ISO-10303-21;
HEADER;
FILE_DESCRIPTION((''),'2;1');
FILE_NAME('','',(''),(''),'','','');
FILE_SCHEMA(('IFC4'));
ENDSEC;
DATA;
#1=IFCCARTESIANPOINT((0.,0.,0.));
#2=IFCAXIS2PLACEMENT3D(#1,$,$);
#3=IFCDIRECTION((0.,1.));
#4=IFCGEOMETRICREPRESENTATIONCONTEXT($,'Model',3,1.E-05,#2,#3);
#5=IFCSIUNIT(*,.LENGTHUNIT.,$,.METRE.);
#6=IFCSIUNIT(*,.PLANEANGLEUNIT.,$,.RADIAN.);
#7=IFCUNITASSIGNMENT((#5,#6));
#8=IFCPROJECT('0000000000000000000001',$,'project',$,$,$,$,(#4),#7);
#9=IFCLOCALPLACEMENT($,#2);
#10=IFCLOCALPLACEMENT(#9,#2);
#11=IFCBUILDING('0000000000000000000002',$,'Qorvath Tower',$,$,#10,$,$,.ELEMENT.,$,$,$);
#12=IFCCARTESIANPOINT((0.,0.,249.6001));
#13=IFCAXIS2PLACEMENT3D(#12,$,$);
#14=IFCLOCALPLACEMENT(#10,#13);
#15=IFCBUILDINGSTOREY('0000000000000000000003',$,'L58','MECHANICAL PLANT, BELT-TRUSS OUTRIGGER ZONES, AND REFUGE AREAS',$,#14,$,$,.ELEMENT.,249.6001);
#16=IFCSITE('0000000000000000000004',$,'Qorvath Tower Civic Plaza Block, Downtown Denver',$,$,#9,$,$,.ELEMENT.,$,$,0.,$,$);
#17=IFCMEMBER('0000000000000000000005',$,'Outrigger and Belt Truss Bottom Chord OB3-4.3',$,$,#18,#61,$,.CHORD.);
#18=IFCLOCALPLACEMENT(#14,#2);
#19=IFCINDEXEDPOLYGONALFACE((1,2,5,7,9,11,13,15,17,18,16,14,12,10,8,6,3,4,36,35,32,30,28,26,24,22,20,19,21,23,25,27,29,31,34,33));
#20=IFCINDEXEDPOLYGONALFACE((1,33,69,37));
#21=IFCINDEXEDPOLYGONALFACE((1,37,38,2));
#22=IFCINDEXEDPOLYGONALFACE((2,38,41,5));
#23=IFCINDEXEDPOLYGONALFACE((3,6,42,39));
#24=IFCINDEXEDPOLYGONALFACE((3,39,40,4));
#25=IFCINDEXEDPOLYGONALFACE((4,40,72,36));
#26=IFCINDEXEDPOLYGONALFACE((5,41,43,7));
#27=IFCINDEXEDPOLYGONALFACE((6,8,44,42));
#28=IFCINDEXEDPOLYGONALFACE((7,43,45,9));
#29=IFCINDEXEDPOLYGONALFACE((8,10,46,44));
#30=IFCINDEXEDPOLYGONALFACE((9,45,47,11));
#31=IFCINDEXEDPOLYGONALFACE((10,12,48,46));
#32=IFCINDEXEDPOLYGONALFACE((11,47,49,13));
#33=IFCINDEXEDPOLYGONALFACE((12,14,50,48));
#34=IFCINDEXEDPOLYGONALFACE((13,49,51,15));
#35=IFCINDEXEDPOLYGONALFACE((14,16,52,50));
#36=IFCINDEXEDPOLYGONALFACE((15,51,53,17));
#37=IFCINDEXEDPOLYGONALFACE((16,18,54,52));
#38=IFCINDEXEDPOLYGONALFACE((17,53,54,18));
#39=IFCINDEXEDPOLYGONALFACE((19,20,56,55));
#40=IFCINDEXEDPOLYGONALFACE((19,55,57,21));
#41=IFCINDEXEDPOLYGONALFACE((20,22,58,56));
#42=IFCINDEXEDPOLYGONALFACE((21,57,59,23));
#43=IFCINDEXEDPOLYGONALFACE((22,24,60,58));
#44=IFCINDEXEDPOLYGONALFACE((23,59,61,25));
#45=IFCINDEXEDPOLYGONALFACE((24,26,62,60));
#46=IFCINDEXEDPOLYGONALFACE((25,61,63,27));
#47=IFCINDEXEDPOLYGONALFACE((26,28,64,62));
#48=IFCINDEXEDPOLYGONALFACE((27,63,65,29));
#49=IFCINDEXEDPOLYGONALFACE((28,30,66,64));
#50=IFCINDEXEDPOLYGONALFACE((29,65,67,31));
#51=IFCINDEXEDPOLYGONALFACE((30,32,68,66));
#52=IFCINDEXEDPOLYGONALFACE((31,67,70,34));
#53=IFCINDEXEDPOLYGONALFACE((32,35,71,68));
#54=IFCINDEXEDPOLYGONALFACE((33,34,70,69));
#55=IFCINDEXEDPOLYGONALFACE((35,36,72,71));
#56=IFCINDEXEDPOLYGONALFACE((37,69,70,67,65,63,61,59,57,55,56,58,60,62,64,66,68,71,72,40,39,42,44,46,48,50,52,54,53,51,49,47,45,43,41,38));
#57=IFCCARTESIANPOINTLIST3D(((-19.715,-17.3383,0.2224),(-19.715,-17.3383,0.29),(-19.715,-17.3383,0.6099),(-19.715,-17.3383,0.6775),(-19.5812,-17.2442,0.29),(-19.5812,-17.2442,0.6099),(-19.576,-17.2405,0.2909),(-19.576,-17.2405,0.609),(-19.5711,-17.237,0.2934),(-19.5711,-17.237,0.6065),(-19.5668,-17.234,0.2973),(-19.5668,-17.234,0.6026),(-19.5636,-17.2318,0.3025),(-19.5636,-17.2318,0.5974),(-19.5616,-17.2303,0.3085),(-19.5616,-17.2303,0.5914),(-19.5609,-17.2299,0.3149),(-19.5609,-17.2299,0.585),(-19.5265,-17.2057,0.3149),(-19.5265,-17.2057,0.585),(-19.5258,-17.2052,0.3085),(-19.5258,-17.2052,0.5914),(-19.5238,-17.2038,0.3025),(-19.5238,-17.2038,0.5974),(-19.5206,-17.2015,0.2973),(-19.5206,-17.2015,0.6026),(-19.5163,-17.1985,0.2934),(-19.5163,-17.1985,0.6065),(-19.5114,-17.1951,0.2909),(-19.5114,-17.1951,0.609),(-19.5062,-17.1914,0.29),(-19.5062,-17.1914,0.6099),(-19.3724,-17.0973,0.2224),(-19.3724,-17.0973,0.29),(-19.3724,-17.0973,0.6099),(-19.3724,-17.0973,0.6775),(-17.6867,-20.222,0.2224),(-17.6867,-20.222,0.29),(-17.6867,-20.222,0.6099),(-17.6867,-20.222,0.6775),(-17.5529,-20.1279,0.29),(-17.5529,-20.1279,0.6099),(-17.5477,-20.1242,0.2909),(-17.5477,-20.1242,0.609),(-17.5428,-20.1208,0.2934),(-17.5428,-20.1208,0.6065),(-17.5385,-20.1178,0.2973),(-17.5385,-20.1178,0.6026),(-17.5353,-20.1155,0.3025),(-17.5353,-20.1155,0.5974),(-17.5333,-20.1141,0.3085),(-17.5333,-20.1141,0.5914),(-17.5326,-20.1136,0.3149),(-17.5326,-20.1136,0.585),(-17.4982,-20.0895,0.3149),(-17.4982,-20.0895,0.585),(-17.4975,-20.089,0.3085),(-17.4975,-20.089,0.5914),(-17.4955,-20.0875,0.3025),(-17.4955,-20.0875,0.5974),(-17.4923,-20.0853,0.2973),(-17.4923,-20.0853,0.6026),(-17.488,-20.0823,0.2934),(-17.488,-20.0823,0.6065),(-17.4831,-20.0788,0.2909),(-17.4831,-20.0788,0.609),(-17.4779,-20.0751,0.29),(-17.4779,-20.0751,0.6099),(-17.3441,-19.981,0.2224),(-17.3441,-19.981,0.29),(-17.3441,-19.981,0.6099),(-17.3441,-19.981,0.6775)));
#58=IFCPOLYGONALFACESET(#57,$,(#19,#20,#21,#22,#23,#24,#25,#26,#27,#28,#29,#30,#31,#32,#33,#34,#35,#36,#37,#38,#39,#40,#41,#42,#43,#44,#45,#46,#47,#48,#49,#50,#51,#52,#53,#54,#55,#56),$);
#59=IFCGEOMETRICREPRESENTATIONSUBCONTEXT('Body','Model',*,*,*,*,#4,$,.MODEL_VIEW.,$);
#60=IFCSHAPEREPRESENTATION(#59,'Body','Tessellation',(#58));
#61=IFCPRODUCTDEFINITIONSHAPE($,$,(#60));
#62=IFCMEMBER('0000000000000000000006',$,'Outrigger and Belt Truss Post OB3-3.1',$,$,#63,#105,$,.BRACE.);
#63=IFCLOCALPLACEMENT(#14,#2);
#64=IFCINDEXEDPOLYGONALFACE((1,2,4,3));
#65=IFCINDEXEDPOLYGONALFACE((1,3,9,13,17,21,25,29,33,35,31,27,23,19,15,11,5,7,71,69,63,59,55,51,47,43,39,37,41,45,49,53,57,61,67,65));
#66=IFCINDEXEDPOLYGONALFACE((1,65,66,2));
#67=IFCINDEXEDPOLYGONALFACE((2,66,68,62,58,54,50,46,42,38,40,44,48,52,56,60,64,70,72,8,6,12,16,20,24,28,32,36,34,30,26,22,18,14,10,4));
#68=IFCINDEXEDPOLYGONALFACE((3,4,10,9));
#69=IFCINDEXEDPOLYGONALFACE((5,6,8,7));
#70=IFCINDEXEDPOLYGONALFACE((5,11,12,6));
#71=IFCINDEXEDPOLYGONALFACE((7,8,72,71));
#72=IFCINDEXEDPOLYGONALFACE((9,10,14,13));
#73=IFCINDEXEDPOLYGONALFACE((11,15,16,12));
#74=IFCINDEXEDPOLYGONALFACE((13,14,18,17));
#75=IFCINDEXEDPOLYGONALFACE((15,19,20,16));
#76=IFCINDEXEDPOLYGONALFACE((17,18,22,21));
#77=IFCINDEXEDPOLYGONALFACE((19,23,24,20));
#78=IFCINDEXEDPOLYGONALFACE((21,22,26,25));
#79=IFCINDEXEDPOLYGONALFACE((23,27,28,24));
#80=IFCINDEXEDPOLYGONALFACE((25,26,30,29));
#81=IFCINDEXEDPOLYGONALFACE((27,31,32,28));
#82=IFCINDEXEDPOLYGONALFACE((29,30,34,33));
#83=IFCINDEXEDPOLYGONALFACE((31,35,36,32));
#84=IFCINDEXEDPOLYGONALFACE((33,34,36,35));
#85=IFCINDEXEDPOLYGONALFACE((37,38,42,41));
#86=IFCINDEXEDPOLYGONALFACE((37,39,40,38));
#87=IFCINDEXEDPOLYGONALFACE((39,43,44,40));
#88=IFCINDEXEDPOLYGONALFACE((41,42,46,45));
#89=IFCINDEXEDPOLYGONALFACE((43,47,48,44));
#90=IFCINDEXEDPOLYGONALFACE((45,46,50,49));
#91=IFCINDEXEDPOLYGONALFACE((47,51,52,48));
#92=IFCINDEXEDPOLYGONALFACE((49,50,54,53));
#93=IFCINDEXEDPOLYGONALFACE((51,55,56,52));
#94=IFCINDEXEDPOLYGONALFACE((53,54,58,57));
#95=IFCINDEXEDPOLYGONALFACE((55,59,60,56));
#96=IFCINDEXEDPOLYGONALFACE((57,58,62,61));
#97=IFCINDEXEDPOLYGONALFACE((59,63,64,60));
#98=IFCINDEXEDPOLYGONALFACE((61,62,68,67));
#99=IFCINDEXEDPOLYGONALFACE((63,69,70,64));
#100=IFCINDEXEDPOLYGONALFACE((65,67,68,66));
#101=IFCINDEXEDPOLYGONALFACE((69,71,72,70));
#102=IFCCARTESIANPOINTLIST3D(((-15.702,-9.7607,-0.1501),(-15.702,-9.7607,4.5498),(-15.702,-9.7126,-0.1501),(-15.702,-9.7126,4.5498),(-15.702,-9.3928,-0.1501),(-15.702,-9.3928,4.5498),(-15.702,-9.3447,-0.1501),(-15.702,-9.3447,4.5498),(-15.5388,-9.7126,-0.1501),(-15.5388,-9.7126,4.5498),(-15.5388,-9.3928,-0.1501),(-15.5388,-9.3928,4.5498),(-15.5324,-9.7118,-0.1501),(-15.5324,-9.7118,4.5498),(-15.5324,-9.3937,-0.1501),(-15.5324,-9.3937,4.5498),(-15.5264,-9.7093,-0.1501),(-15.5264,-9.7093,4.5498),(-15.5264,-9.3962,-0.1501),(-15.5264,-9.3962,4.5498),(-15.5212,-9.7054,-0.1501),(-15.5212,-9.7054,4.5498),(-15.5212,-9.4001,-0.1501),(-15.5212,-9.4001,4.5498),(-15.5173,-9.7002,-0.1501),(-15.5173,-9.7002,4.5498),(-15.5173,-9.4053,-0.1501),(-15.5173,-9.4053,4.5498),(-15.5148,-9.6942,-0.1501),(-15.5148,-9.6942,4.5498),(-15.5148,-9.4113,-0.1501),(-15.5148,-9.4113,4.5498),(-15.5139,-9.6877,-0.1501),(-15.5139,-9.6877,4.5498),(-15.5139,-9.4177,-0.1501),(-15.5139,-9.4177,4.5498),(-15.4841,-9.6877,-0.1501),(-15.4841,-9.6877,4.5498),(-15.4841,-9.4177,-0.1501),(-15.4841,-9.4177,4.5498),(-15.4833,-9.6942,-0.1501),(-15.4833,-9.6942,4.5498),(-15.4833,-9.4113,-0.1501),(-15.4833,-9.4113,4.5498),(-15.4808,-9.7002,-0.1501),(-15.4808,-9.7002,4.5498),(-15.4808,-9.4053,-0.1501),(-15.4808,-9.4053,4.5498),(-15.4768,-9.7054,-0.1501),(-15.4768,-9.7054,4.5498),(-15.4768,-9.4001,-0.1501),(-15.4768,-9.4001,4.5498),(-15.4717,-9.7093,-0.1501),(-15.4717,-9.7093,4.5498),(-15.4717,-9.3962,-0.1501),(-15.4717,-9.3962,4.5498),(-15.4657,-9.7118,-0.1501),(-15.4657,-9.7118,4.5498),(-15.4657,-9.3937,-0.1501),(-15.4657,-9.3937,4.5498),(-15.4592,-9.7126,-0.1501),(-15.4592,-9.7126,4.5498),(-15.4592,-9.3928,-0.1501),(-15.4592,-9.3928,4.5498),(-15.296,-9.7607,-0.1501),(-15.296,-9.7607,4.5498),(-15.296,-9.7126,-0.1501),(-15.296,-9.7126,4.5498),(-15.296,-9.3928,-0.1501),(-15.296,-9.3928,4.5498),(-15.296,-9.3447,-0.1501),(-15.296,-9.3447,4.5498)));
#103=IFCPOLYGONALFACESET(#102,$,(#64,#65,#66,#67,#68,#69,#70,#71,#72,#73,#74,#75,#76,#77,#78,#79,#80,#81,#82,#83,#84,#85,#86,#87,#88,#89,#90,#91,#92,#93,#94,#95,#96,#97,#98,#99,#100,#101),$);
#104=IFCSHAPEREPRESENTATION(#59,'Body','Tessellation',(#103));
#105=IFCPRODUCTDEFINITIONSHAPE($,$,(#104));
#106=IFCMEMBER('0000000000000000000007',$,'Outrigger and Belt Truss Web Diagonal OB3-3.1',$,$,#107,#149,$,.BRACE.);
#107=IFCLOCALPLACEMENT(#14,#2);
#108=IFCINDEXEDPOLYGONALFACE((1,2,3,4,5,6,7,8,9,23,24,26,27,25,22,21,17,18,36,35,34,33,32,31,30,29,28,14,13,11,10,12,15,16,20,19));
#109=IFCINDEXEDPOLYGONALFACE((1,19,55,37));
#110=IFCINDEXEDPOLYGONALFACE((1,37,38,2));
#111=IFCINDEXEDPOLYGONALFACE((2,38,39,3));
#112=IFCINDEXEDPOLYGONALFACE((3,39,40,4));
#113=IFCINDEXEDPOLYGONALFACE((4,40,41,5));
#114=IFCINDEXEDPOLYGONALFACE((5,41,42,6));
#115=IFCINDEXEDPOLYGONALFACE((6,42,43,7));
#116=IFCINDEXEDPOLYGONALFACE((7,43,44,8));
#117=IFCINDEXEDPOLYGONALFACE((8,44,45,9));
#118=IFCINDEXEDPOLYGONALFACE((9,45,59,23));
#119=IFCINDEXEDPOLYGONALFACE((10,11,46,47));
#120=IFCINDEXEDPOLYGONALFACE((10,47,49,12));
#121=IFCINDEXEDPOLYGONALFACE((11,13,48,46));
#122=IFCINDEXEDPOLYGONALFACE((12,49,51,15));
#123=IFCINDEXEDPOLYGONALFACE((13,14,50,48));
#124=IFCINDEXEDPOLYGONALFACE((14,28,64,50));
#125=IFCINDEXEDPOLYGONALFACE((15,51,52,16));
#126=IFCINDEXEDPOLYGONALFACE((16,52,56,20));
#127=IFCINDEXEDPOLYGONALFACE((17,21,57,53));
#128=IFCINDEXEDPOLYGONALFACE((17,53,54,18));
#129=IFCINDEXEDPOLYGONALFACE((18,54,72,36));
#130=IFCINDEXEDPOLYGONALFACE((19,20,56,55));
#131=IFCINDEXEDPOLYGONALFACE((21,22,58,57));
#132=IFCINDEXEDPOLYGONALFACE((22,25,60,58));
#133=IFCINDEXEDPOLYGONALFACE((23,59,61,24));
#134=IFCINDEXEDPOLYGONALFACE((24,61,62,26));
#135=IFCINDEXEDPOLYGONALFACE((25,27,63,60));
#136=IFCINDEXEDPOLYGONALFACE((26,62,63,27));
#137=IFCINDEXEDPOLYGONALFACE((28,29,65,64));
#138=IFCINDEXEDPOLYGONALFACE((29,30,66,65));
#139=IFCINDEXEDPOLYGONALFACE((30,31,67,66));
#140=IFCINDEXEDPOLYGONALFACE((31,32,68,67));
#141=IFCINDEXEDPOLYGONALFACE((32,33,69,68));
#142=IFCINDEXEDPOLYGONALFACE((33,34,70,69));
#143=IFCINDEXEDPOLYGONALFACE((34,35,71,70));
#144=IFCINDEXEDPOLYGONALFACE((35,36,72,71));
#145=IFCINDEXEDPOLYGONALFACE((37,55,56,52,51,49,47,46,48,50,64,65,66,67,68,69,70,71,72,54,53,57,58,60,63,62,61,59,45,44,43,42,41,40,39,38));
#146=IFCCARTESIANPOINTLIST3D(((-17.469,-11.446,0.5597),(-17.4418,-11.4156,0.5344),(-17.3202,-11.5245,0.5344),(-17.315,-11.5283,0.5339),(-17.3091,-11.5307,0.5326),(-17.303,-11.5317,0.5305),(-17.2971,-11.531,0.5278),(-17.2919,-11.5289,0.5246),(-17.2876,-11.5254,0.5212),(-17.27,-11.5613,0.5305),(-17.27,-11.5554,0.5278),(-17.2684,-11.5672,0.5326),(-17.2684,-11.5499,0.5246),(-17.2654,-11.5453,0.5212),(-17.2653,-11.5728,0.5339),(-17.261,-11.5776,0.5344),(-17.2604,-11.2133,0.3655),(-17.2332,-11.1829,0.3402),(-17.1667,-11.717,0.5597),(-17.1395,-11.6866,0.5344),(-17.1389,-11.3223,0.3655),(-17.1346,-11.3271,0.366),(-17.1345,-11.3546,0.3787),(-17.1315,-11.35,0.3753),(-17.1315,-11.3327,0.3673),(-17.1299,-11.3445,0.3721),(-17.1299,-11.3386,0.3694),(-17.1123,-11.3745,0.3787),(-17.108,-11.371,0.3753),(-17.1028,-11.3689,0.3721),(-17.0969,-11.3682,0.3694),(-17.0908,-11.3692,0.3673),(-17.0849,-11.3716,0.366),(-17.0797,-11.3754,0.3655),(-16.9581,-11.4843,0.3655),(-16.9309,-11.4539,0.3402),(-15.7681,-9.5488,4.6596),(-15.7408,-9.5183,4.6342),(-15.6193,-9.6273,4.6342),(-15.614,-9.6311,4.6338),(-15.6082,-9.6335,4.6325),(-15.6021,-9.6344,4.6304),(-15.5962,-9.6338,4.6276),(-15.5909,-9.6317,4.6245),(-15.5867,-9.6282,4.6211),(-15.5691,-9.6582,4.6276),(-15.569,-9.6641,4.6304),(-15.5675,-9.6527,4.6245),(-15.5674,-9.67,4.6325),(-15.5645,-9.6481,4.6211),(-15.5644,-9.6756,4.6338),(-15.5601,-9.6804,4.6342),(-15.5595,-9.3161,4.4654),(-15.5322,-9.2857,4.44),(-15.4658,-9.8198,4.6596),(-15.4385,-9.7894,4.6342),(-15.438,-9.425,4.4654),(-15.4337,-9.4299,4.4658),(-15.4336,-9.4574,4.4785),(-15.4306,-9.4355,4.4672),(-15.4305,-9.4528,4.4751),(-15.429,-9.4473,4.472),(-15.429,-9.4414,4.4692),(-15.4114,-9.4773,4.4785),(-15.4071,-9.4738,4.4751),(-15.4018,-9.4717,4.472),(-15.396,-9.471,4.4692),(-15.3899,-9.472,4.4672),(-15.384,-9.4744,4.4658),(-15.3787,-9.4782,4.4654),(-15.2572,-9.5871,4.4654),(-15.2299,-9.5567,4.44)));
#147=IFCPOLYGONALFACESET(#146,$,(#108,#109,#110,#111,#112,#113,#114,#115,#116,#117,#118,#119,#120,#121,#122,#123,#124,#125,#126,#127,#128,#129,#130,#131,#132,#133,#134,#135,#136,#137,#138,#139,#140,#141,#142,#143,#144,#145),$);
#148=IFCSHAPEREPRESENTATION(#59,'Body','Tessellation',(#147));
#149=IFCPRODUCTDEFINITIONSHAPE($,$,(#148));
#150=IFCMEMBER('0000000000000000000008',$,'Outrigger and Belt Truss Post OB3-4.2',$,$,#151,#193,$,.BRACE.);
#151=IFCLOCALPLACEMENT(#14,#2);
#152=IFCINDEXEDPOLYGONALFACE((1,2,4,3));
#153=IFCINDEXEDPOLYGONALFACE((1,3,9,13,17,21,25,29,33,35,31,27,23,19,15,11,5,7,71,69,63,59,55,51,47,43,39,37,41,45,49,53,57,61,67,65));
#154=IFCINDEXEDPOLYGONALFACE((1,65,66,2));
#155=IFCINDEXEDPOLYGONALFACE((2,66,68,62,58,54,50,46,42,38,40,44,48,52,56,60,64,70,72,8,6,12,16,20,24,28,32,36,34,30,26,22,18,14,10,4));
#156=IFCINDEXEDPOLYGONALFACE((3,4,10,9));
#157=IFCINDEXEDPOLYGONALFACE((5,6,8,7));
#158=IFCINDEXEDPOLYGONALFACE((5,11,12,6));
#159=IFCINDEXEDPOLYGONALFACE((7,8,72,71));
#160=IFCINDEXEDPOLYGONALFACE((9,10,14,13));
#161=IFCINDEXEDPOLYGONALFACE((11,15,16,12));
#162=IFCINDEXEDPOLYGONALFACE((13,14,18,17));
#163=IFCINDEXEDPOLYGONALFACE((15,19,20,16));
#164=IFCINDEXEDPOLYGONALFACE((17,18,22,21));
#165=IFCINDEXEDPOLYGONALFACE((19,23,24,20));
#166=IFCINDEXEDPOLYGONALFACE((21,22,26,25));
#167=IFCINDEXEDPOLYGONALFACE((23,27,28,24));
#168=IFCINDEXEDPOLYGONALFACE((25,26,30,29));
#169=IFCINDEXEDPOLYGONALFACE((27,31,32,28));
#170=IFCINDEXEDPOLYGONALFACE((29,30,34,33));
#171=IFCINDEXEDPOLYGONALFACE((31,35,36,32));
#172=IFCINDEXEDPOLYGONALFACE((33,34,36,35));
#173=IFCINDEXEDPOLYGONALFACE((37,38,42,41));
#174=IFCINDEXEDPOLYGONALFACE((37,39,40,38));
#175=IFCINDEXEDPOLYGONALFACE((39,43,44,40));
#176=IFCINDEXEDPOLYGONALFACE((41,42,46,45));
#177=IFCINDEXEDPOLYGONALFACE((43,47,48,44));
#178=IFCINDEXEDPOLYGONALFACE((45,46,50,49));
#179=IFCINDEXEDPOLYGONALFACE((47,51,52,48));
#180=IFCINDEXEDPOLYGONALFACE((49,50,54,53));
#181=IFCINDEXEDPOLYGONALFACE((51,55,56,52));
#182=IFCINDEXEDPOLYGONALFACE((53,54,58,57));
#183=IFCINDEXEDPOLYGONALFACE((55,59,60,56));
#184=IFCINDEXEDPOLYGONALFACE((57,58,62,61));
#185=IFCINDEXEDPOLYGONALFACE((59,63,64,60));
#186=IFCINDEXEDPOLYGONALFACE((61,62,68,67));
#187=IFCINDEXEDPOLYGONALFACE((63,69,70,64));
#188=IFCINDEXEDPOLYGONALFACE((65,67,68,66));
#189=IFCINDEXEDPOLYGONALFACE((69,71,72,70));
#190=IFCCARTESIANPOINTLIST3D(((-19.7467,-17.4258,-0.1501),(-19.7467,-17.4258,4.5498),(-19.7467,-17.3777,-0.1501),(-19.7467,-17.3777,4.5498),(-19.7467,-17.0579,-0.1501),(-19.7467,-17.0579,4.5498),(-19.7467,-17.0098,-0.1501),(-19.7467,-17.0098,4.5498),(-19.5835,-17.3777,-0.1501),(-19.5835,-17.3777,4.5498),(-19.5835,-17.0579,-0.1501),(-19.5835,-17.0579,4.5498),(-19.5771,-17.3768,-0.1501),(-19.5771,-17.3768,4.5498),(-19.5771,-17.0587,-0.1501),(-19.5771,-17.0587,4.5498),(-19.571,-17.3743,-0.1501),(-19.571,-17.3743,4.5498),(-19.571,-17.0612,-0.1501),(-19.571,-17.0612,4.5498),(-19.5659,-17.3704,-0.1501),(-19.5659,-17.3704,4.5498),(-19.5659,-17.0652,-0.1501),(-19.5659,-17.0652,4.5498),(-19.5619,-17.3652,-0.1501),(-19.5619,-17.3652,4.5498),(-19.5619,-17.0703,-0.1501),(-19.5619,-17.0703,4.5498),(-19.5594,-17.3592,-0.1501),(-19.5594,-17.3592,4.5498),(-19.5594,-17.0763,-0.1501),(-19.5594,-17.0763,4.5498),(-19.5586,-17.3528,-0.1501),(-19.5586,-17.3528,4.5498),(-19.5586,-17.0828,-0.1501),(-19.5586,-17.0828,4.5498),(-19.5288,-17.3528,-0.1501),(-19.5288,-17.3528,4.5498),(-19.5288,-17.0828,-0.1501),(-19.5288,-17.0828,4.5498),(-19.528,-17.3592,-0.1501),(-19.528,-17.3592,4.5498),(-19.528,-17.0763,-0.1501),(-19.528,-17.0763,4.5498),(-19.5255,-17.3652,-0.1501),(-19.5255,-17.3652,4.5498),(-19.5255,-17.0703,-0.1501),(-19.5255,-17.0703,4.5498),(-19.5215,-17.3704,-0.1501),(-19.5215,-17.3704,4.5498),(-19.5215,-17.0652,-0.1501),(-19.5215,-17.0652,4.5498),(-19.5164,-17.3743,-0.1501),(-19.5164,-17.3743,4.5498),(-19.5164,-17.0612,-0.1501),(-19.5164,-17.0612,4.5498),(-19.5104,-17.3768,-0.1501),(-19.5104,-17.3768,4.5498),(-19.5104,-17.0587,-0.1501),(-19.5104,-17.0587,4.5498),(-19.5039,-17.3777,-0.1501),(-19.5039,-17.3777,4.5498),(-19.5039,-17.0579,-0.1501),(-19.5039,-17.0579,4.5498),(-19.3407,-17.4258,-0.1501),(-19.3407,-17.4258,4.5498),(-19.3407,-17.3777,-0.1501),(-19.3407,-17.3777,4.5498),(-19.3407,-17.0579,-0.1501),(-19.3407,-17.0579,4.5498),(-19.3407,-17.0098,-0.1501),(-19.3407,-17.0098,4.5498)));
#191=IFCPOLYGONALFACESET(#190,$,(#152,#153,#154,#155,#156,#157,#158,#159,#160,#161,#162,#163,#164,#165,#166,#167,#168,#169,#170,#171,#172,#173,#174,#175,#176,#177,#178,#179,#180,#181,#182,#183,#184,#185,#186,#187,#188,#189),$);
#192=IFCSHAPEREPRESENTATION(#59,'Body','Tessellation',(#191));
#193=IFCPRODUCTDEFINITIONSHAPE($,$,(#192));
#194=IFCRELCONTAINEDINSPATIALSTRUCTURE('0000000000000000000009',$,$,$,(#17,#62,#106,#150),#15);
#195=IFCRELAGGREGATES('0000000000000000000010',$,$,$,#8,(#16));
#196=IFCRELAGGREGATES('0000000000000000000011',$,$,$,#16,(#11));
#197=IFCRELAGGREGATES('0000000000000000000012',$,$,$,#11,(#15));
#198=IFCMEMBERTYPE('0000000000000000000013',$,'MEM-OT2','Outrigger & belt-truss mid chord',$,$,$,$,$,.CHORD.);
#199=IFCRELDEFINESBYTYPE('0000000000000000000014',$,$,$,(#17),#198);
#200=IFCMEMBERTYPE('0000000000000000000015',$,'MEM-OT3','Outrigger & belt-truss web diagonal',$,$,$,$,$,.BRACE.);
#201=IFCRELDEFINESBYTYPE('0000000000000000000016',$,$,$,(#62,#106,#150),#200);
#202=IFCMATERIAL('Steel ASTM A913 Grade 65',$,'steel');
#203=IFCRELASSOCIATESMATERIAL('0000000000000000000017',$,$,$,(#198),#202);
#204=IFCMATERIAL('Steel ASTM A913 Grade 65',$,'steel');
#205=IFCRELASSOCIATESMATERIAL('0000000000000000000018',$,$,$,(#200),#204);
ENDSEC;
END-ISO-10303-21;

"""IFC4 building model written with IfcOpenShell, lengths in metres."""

from ifc_helpers import new_model, si_unit, direction, frame, origin, origin_2d, place, context, subcontext, project, spatial, i_section, extrude, material, material_profile, profile_set, type_object, element, save


model = new_model("IFC4")

# Units and contexts
model_context = context("Model", 3, precision=1e-05, world=origin(), true_north=direction((0.0, 1.0)))
body_context = subcontext(model_context, "Body", "Model", "MODEL_VIEW")
ifc_project = project(units=[si_unit("LENGTHUNIT", "METRE"), si_unit("PLANEANGLEUNIT", "RADIAN")], contexts=[model_context])

# Site, building, storey
site_placement = place(None, origin())
site = spatial("IfcSite", under=ifc_project, at=site_placement, Name="Qorvath Tower Civic Plaza Block, Downtown Denver", CompositionType="ELEMENT", RefElevation=0.0)
building_placement = place(site_placement, origin())
building = spatial("IfcBuilding", under=site, at=building_placement, Name="Qorvath Tower", CompositionType="ELEMENT")
storey_placement = place(building_placement, frame((0.0, 0.0, 249.6001)))
storey = spatial("IfcBuildingStorey", under=building, at=storey_placement, Name="L58", Description="MECHANICAL PLANT, BELT-TRUSS OUTRIGGER ZONES, AND REFUGE AREAS", CompositionType="ELEMENT", Elevation=249.6001)

# Members
ifc_material_1 = material(Name="Steel ASTM A913 Grade 65", Category="steel")
ifc_material_profile_1 = material_profile(ifc_material_1, i_section(OverallWidth=0.4189, OverallDepth=0.4551, WebThickness=0.042, FlangeThickness=0.0676, FilletRadius=0.0249, at=origin_2d()), Name="W14x370")
ifc_profile_set_1 = profile_set([ifc_material_profile_1], Name="Steel ASTM A913 Grade 65")
member_type_1 = type_object("IfcMemberType", Name="MEM-OT2", Description="Outrigger & belt-truss mid chord", PredefinedType="CHORD", material=ifc_profile_set_1)
member_1_placement = place(storey_placement, frame((-19.5437, -17.2178, 0.45), z_axis=(0.575301, -0.817942, 0.0), x_axis=(0.817942, 0.575301, 0.0)))
element("IfcMember", 1, at=member_1_placement, inside=storey, type_object=member_type_1, Name="Outrigger and Belt Truss Bottom Chord OB3-4.3", PredefinedType="CHORD", context=body_context, shape_type="SweptSolid", body=[
    extrude(i_section(OverallWidth=0.4189, OverallDepth=0.4551, WebThickness=0.042, FlangeThickness=0.0676, FilletRadius=0.0249, at=origin_2d()), origin(), (0.0, 0.0, 1.0), 3.5256),
])
ifc_material_2 = material(Name="Steel ASTM A913 Grade 65", Category="steel")
ifc_material_profile_2 = material_profile(ifc_material_2, i_section(OverallWidth=0.406, OverallDepth=0.416, WebThickness=0.0298, FlangeThickness=0.0481, FilletRadius=0.0249, at=origin_2d()), Name="W14x257")
ifc_profile_set_2 = profile_set([ifc_material_profile_2], Name="Steel ASTM A913 Grade 65")
member_type_2 = type_object("IfcMemberType", Name="MEM-OT3", Description="Outrigger & belt-truss web diagonal", PredefinedType="BRACE", material=ifc_profile_set_2)
member_2_placement = place(storey_placement, frame((-15.499, -9.5527, -0.1501), z_axis=(0.0, 0.0, 1.0), x_axis=(1.0, 0.0, 0.0)))
element("IfcMember", 2, at=member_2_placement, inside=storey, type_object=member_type_2, Name="Outrigger and Belt Truss Post OB3-3.1", PredefinedType="BRACE", context=body_context, shape_type="SweptSolid", body=[
    extrude(i_section(OverallWidth=0.406, OverallDepth=0.416, WebThickness=0.0298, FlangeThickness=0.0481, FilletRadius=0.0249, at=origin_2d()), origin(), (0.0, 0.0, 1.0), 4.7),
])
member_3_placement = place(storey_placement, frame((-17.2, -11.45, 0.45), z_axis=(0.352367, 0.39303, 0.849332), x_axis=(-0.744574, 0.66754, 0.0)))
element("IfcMember", 3, at=member_3_placement, inside=storey, type_object=member_type_2, Name="Outrigger and Belt Truss Web Diagonal OB3-3.1", PredefinedType="BRACE", context=body_context, shape_type="SweptSolid", body=[
    extrude(i_section(OverallWidth=0.406, OverallDepth=0.416, WebThickness=0.0298, FlangeThickness=0.0481, FilletRadius=0.0249, at=origin_2d()), origin(), (0.0, 0.0, 1.0), 4.8271),
])
member_4_placement = place(storey_placement, frame((-19.5437, -17.2178, -0.1501), z_axis=(0.0, 0.0, 1.0), x_axis=(1.0, 0.0, 0.0)))
element("IfcMember", 4, at=member_4_placement, inside=storey, type_object=member_type_2, Name="Outrigger and Belt Truss Post OB3-4.2", PredefinedType="BRACE", context=body_context, shape_type="SweptSolid", body=[
    extrude(i_section(OverallWidth=0.406, OverallDepth=0.416, WebThickness=0.0298, FlangeThickness=0.0481, FilletRadius=0.0249, at=origin_2d()), origin(), (0.0, 0.0, 1.0), 4.7),
])

save(model, "model.ifc")
